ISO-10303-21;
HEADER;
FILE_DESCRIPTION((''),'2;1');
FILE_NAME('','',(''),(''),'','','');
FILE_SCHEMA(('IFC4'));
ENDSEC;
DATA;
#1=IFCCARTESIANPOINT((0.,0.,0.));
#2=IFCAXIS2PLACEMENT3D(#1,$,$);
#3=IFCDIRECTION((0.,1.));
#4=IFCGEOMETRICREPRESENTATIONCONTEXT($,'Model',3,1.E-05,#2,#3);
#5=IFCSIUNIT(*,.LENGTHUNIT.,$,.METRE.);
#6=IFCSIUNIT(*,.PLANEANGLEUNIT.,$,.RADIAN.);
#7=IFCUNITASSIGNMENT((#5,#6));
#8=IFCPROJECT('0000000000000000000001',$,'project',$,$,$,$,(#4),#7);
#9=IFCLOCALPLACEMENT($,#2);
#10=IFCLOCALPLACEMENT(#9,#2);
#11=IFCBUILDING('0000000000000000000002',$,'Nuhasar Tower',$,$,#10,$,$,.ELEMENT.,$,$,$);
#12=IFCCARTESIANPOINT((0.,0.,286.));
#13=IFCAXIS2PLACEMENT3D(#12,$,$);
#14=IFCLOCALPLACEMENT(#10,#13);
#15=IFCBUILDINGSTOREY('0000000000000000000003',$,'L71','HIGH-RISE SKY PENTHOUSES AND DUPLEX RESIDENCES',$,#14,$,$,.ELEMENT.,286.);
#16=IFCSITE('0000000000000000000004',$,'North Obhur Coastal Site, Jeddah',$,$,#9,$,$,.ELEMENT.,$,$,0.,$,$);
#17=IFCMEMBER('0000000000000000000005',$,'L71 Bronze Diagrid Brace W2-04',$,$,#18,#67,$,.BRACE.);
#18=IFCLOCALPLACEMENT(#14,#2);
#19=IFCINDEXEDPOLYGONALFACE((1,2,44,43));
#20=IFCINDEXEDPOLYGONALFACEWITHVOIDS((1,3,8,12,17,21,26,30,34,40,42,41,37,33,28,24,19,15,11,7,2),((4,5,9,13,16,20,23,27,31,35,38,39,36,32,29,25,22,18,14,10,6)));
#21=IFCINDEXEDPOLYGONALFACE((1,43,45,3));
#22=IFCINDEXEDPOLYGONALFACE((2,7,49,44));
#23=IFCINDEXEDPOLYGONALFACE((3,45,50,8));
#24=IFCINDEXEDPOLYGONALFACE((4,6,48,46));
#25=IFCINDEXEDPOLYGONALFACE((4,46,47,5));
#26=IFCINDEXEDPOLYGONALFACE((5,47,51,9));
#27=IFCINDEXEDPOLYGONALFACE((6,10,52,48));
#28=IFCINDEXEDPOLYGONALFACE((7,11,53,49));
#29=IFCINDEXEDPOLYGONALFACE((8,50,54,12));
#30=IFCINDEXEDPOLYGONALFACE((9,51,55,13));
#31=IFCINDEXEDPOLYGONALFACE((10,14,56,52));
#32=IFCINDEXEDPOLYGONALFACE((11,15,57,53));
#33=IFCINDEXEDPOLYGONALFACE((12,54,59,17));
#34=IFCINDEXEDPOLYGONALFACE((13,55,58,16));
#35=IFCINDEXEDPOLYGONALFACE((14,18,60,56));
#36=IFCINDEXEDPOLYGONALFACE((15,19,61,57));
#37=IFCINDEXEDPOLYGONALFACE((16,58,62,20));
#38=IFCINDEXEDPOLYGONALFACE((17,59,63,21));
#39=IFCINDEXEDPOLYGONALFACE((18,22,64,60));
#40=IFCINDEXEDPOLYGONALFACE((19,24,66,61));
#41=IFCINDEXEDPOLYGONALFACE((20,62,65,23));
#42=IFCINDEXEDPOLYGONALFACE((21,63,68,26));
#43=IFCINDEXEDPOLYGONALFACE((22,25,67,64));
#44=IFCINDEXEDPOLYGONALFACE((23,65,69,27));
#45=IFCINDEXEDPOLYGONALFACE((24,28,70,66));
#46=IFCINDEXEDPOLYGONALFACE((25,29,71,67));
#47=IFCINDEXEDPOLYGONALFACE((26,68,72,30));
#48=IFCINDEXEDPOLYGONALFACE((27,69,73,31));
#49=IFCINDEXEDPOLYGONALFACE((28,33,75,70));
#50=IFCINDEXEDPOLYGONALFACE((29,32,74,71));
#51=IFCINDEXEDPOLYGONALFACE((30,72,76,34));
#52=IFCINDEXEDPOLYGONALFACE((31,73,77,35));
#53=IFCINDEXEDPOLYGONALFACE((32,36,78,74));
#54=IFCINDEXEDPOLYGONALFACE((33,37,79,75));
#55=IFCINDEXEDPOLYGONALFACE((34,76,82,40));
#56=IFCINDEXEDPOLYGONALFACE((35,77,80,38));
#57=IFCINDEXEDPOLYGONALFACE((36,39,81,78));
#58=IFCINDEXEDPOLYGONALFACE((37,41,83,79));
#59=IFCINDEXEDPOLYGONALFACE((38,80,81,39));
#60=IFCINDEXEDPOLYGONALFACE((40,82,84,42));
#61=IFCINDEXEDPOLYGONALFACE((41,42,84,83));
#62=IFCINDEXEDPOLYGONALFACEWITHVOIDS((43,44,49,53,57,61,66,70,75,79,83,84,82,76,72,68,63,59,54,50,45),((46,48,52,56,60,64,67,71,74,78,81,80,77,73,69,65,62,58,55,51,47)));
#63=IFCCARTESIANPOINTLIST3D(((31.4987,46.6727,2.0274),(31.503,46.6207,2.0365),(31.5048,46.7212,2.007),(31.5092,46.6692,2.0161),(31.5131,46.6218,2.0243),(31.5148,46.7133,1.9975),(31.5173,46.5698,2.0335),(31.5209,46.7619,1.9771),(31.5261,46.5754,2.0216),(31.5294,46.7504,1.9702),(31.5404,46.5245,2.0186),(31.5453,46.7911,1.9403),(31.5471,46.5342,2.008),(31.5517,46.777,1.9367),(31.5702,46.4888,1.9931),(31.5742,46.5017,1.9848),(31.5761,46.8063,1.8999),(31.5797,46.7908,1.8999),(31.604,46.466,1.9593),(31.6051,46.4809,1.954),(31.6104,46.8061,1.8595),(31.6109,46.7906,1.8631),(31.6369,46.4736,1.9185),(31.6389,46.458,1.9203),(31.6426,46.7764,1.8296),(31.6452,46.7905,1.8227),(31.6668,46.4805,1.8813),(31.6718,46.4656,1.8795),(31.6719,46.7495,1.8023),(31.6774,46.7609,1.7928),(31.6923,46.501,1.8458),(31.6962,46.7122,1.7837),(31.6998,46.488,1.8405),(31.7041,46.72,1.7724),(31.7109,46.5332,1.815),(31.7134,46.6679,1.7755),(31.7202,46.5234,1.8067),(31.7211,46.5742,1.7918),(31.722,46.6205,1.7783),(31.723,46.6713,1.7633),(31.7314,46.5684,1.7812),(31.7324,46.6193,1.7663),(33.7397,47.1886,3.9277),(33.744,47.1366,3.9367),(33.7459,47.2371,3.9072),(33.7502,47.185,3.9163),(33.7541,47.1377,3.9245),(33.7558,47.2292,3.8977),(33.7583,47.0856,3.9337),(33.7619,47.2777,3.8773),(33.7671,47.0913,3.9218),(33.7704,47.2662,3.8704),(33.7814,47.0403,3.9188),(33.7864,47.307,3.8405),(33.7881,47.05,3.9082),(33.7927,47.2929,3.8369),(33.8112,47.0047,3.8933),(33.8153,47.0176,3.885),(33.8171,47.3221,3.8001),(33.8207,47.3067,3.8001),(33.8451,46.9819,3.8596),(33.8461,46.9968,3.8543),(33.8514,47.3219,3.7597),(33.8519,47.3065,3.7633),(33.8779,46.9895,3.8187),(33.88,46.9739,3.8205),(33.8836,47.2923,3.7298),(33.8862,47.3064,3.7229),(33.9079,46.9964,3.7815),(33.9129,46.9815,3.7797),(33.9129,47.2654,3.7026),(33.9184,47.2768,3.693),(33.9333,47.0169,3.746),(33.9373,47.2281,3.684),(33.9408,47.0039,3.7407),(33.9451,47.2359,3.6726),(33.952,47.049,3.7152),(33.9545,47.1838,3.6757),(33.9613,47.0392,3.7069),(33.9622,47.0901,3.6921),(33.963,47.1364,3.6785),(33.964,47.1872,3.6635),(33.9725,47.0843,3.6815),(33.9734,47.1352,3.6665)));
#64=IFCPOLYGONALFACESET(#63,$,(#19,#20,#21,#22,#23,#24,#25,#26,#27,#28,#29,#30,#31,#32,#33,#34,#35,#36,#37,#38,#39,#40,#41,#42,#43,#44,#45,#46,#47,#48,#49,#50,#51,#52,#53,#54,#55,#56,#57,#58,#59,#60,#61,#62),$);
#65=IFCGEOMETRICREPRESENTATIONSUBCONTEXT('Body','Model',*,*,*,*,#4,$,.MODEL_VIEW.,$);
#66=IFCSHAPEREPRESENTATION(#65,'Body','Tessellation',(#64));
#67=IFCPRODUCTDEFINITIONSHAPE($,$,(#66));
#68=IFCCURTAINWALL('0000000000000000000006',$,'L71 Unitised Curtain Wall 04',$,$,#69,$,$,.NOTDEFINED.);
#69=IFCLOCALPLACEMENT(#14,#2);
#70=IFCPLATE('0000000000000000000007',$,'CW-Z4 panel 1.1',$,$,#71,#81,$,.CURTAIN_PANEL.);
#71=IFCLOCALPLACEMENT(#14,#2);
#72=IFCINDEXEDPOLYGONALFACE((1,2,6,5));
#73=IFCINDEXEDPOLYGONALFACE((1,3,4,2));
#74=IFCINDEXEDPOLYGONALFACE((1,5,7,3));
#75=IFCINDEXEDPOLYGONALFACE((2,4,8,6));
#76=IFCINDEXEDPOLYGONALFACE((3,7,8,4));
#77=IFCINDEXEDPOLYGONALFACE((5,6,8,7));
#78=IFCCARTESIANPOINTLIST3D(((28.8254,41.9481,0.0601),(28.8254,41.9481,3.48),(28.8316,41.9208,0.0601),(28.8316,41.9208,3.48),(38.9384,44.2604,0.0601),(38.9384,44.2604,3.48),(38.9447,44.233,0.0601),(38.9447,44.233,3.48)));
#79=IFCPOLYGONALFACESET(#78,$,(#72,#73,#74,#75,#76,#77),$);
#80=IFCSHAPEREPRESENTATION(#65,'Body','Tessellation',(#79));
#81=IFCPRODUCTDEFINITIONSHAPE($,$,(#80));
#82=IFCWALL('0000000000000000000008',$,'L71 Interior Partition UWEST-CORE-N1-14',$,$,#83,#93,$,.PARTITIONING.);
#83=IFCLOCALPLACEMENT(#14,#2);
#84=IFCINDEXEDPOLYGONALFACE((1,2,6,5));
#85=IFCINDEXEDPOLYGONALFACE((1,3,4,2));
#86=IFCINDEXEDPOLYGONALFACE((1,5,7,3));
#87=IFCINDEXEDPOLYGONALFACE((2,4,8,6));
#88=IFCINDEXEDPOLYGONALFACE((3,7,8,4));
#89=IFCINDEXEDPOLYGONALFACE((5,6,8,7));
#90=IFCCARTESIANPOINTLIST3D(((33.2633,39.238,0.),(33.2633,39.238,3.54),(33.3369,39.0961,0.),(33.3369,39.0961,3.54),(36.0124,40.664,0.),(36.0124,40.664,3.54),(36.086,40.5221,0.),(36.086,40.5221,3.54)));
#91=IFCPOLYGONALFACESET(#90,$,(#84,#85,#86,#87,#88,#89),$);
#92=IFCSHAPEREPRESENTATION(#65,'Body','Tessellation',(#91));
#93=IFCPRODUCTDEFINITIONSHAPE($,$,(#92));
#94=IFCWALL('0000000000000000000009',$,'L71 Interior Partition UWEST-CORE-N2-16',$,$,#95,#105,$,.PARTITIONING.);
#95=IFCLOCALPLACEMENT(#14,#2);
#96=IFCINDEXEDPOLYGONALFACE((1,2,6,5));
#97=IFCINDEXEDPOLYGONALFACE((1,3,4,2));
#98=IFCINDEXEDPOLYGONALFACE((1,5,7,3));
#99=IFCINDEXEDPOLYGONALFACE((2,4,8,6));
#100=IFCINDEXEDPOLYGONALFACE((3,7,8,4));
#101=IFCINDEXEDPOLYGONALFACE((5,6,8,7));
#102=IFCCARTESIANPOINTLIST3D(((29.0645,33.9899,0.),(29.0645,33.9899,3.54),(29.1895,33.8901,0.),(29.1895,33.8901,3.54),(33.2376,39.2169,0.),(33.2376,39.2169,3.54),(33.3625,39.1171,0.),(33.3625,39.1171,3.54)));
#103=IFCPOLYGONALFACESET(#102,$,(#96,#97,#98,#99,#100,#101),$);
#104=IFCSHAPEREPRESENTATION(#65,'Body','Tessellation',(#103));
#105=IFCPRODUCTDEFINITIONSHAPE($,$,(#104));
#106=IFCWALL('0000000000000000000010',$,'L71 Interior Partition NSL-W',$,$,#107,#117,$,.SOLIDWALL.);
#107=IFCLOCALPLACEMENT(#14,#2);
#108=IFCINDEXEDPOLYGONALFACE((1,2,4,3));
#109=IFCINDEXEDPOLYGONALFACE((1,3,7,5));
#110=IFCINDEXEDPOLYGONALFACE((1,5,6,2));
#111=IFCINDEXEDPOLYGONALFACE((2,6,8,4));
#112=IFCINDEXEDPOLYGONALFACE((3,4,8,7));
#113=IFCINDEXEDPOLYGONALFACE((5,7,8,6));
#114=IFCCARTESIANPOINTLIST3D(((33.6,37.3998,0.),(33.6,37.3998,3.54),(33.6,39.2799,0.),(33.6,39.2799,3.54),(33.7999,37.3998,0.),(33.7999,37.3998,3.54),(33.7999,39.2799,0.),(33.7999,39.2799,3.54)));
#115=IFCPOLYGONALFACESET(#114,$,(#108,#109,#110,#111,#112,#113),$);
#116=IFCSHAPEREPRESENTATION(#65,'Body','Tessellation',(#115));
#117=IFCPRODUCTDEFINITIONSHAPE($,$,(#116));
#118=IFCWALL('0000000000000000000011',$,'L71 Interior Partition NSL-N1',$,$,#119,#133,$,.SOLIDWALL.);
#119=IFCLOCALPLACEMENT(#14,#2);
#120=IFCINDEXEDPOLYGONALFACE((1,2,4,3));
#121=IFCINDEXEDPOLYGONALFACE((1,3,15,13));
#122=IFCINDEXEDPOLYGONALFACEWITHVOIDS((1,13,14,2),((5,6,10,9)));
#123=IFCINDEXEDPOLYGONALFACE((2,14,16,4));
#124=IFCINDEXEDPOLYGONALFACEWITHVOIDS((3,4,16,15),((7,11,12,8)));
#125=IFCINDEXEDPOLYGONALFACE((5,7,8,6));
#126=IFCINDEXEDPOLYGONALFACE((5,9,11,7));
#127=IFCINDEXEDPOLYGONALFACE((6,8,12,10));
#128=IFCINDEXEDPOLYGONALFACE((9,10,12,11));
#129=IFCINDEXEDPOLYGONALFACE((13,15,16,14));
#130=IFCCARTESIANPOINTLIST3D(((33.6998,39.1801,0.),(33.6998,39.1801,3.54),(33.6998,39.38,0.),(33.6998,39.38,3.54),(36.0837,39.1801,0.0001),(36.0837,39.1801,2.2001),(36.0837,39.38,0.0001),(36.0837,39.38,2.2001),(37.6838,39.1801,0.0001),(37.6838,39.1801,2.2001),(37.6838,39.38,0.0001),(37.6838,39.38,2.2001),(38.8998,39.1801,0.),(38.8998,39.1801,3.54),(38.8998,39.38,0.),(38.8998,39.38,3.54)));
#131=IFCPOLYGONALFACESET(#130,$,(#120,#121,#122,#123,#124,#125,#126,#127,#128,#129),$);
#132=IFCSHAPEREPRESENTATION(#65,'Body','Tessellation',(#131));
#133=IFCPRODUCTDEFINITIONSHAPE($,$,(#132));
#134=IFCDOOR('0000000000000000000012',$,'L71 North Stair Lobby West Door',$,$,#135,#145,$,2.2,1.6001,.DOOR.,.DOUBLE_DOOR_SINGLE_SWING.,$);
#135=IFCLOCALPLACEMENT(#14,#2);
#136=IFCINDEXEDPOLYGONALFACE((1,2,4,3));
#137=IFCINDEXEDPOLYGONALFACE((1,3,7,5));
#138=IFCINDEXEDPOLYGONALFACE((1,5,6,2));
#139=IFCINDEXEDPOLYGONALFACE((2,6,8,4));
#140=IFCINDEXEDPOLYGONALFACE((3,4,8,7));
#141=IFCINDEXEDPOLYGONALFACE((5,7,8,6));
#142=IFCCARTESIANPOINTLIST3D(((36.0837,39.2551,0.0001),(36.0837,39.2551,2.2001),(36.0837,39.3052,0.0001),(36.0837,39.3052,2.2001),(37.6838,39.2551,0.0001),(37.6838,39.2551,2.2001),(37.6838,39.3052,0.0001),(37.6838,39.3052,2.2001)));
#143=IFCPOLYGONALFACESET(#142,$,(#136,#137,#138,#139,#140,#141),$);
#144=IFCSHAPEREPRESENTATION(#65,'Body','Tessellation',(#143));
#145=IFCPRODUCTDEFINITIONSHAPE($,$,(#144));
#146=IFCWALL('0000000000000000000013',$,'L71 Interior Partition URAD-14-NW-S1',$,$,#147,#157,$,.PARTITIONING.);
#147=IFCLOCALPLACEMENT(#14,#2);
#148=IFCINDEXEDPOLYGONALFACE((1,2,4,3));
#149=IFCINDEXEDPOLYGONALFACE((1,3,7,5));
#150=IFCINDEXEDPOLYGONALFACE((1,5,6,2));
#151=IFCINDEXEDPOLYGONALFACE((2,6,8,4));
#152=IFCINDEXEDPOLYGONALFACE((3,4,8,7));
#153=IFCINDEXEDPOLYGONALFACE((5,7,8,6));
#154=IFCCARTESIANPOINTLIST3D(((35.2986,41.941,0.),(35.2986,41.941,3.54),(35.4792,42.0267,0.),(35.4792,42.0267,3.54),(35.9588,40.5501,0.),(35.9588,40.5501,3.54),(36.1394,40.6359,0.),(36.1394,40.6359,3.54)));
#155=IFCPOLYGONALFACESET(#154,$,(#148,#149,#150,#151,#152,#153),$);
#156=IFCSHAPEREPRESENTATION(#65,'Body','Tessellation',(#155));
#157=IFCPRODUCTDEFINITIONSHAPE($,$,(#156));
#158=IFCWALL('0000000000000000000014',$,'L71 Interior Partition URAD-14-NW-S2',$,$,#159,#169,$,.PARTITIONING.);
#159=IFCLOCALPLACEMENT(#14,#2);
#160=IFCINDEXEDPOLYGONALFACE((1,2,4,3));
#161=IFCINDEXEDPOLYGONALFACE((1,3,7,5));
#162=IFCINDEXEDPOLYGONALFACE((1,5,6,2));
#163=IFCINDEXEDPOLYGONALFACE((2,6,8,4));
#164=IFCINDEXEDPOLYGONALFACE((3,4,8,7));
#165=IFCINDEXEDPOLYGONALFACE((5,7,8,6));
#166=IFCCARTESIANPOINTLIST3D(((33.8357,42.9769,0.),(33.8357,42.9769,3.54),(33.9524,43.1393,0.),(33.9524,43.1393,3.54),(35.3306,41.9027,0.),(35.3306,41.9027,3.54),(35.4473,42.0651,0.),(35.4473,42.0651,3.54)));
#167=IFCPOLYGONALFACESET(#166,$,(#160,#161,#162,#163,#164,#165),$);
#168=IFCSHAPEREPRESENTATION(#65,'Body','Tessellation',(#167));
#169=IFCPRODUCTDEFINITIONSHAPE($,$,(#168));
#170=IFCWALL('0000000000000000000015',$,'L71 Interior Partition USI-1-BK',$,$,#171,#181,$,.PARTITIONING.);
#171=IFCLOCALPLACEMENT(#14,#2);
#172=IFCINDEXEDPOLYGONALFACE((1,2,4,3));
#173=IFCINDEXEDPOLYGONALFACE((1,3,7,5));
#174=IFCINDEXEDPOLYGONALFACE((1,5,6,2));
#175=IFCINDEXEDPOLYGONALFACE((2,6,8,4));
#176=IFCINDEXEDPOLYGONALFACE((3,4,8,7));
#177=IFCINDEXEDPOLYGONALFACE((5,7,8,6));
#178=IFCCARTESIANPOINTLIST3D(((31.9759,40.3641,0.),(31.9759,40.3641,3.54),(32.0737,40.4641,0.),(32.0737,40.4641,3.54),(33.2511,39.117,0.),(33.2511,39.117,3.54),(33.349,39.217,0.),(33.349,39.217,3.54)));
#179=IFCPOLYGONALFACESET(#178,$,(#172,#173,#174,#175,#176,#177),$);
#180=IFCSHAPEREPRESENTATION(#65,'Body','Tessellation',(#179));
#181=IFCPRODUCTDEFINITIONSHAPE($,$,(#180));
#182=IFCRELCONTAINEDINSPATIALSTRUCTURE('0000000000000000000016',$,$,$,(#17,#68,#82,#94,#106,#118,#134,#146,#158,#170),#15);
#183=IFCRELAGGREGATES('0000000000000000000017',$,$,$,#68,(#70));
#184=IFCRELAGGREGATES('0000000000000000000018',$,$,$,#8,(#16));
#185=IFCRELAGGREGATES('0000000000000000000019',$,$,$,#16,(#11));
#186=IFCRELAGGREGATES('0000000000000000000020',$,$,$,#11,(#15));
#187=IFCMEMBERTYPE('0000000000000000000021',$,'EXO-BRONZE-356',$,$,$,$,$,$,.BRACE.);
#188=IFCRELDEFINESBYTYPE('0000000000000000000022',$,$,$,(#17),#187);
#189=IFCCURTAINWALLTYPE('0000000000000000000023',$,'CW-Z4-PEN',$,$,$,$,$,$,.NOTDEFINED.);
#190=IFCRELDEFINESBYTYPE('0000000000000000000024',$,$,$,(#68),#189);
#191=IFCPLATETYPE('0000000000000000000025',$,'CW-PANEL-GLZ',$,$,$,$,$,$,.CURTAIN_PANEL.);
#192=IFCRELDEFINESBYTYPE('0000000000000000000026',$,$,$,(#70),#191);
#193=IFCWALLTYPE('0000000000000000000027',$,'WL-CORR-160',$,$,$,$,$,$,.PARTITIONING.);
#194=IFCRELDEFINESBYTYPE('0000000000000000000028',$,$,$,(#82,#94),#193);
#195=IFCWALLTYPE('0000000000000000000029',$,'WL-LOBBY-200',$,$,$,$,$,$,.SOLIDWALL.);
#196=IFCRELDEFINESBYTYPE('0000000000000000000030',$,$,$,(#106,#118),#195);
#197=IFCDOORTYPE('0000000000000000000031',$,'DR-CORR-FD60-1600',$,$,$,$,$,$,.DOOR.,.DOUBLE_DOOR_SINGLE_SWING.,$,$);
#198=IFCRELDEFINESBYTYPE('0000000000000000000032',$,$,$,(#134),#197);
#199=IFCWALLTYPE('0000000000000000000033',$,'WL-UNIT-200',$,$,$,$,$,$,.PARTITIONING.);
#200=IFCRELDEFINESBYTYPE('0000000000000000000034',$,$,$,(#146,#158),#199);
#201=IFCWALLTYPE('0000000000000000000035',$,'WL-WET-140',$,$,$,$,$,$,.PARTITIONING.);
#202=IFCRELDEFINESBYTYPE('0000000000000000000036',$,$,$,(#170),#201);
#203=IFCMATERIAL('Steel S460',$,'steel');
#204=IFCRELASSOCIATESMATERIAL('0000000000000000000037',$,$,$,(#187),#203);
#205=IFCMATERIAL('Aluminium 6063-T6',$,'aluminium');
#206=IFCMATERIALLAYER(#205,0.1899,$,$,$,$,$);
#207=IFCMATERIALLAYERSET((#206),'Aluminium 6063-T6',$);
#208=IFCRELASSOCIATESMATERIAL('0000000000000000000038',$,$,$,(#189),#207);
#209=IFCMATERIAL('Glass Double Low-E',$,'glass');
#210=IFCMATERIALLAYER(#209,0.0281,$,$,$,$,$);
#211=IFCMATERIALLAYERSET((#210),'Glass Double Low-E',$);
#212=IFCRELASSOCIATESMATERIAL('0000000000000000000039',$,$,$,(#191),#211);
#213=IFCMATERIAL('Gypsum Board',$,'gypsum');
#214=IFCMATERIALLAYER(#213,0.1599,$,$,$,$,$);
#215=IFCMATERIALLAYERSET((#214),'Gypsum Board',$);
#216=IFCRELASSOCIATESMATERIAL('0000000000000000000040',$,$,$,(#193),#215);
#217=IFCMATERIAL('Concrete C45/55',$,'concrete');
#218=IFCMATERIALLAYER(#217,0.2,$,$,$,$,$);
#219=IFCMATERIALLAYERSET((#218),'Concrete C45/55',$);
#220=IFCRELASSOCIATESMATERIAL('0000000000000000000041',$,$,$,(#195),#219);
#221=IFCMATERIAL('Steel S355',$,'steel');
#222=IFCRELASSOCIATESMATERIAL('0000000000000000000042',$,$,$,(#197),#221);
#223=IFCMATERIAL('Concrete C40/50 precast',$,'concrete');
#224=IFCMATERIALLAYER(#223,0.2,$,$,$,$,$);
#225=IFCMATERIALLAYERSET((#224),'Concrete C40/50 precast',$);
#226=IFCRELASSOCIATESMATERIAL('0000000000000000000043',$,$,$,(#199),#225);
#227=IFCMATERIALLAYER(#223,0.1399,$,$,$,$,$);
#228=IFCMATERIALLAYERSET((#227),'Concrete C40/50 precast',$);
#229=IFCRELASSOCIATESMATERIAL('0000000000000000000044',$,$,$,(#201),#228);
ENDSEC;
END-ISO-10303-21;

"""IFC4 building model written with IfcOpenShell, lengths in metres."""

from ifc_helpers import new_model, si_unit, direction, frame, frame_2d, origin, origin_2d, place, context, subcontext, project, spatial, rectangle, hollow_circle, extrude, material, layer, layer_set, material_profile, profile_set, type_object, element, fill, aggregate, save


model = new_model("IFC4")

# Units and contexts
model_context = context("Model", 3, precision=1e-05, world=origin(), true_north=direction((0.0, 1.0)))
body_context = subcontext(model_context, "Body", "Model", "MODEL_VIEW")
ifc_project = project(units=[si_unit("LENGTHUNIT", "METRE"), si_unit("PLANEANGLEUNIT", "RADIAN")], contexts=[model_context])

# Site, building, storey
site_placement = place(None, origin())
site = spatial("IfcSite", under=ifc_project, at=site_placement, Name="North Obhur Coastal Site, Jeddah", CompositionType="ELEMENT", RefElevation=0.0)
building_placement = place(site_placement, origin())
building = spatial("IfcBuilding", under=site, at=building_placement, Name="Nuhasar Tower", CompositionType="ELEMENT")
storey_placement = place(building_placement, frame((0.0, 0.0, 286.0)))
storey = spatial("IfcBuildingStorey", under=building, at=storey_placement, Name="L71", Description="HIGH-RISE SKY PENTHOUSES AND DUPLEX RESIDENCES", CompositionType="ELEMENT", Elevation=286.0)

# Shared definitions
ifc_material_1 = material(Name="Steel S355", Category="steel")

# Member
ifc_material_2 = material(Name="Steel S460", Category="steel")
ifc_material_profile_1 = material_profile(ifc_material_2, hollow_circle(Radius=0.1777, WallThickness=0.0159, at=origin_2d()), Name="HSS355.6X15.9")
ifc_profile_set_1 = profile_set([ifc_material_profile_1], Name="Steel S460")
member_type = type_object("IfcMemberType", Name="EXO-BRONZE-356", PredefinedType="BRACE", material=ifc_profile_set_1)
member_1_placement = place(storey_placement, frame((31.616, 46.6331, 1.8999), z_axis=(0.751232, 0.172933, 0.63698), x_axis=(-0.224332, 0.974513, 0.0)))
element("IfcMember", 1, at=member_1_placement, inside=storey, type_object=member_type, Name="L71 Bronze Diagrid Brace W2-04", PredefinedType="BRACE", context=body_context, shape_type="SweptSolid", body=[
    extrude(hollow_circle(Radius=0.1777, WallThickness=0.0159, at=origin_2d()), origin(), (0.0, 0.0, 1.0), 2.9832),
])

# Curtain wall, plate
ifc_material_3 = material(Name="Aluminium 6063-T6", Category="aluminium")
ifc_layer_1 = layer(ifc_material_3, 0.1899)
ifc_layer_set_1 = layer_set([ifc_layer_1], Name="Aluminium 6063-T6")
curtain_wall_type = type_object("IfcCurtainWallType", Name="CW-Z4-PEN", PredefinedType="NOTDEFINED", material=ifc_layer_set_1)
curtain_wall_placement = place(storey_placement, origin())
curtain_wall = element("IfcCurtainWall", 2, at=curtain_wall_placement, inside=storey, type_object=curtain_wall_type, Name="L71 Unitised Curtain Wall 04", PredefinedType="NOTDEFINED")
ifc_material_4 = material(Name="Glass Double Low-E", Category="glass")
ifc_layer_2 = layer(ifc_material_4, 0.0281)
ifc_layer_set_2 = layer_set([ifc_layer_2], Name="Glass Double Low-E")
plate_type = type_object("IfcPlateType", Name="CW-PANEL-GLZ", PredefinedType="CURTAIN_PANEL", material=ifc_layer_set_2)
plate_placement = place(storey_placement, frame((33.885, 43.0906, 0.0601), z_axis=(0.0, 0.0, 1.0), x_axis=(-0.974844, -0.222889, 0.0)))
plate = element("IfcPlate", 3, at=plate_placement, type_object=plate_type, Name="CW-Z4 panel 1.1", PredefinedType="CURTAIN_PANEL", context=body_context, shape_type="SweptSolid", body=[
    extrude(rectangle(XDim=10.374, YDim=0.0281, at=origin_2d()), origin(), (0.0, 0.0, 1.0), 3.4199),
])
aggregate(curtain_wall, [plate])

# Walls
ifc_material_5 = material(Name="Gypsum Board", Category="gypsum")
ifc_layer_3 = layer(ifc_material_5, 0.1599)
ifc_layer_set_3 = layer_set([ifc_layer_3], Name="Gypsum Board")
wall_type_1 = type_object("IfcWallType", Name="WL-CORR-160", PredefinedType="PARTITIONING", material=ifc_layer_set_3)
wall_1_placement = place(storey_placement, frame((36.0491, 40.593, 0.0), z_axis=(0.0, 0.0, 1.0), x_axis=(-0.887675, -0.460471, 0.0)))
element("IfcWall", 4, at=wall_1_placement, inside=storey, type_object=wall_type_1, Name="L71 Interior Partition UWEST-CORE-N1-14", PredefinedType="PARTITIONING", context=body_context, shape_type="SweptSolid", body=[
    extrude(rectangle(XDim=3.0969, YDim=0.1599, at=frame_2d((1.5483, 0.0))), origin(), (0.0, 0.0, 1.0), 3.54),
])
wall_2_placement = place(storey_placement, frame((33.3, 39.167, 0.0), z_axis=(0.0, 0.0, 1.0), x_axis=(-0.623916, -0.781492, 0.0)))
element("IfcWall", 5, at=wall_2_placement, inside=storey, type_object=wall_type_1, Name="L71 Interior Partition UWEST-CORE-N2-16", PredefinedType="PARTITIONING", context=body_context, shape_type="SweptSolid", body=[
    extrude(rectangle(XDim=6.6885, YDim=0.1599, at=frame_2d((3.3442, 0.0))), origin(), (0.0, 0.0, 1.0), 3.54),
])
ifc_material_6 = material(Name="Concrete C45/55", Category="concrete")
ifc_layer_4 = layer(ifc_material_6, 0.2)
ifc_layer_set_4 = layer_set([ifc_layer_4], Name="Concrete C45/55")
wall_type_2 = type_object("IfcWallType", Name="WL-LOBBY-200", PredefinedType="SOLIDWALL", material=ifc_layer_set_4)
wall_3_placement = place(storey_placement, frame((33.7, 37.3999, 0.0), z_axis=(0.0, 0.0, 1.0), x_axis=(0.0, 1.0, 0.0)))
element("IfcWall", 6, at=wall_3_placement, inside=storey, type_object=wall_type_2, Name="L71 Interior Partition NSL-W", PredefinedType="SOLIDWALL", context=body_context, shape_type="SweptSolid", body=[
    extrude(rectangle(XDim=1.8801, YDim=0.2, at=frame_2d((0.9399, 0.0))), origin(), (0.0, 0.0, 1.0), 3.54),
])

# Wall, opening, door
wall_4_placement = place(storey_placement, frame((38.8999, 39.28, 0.0), z_axis=(0.0, 0.0, 1.0), x_axis=(-1.0, 0.0, 0.0)))
wall_4 = element("IfcWall", 7, at=wall_4_placement, inside=storey, type_object=wall_type_2, Name="L71 Interior Partition NSL-N1", PredefinedType="SOLIDWALL", context=body_context, shape_type="SweptSolid", body=[
    extrude(rectangle(XDim=5.2, YDim=0.2, at=frame_2d((2.6001, 0.0))), origin(), (0.0, 0.0, 1.0), 3.54),
])
opening_1_placement = place(wall_4_placement, frame((1.2161, 0.0, 0.0)))
opening_1 = element("IfcOpeningElement", 8, at=opening_1_placement, cuts=wall_4, PredefinedType="OPENING", context=body_context, shape_type="SweptSolid", body=[
    extrude(rectangle(XDim=1.6001, YDim=2.2, at=frame_2d((0.8, 1.1001))), frame((0.0, 0.1099, 0.0), z_axis=(0.0, -1.0, 0.0), x_axis=(1.0, 0.0, 0.0)), (0.0, 0.0, 1.0), 0.22),
])
door_type_1 = type_object("IfcDoorType", Name="DR-CORR-FD60-1600", OperationType="DOUBLE_DOOR_SINGLE_SWING", PredefinedType="DOOR", material=ifc_material_1)
door_1_placement = place(opening_1_placement, origin())
door_1 = element("IfcDoor", 9, at=door_1_placement, inside=storey, type_object=door_type_1, Name="L71 North Stair Lobby West Door", OperationType="DOUBLE_DOOR_SINGLE_SWING", OverallHeight=2.2, OverallWidth=1.6001, PredefinedType="DOOR", context=body_context, shape_type="SweptSolid", body=[
    extrude(rectangle(XDim=1.6001, YDim=2.2, at=frame_2d((0.8, 1.1001))), frame((0.0, 0.0249, 0.0), z_axis=(0.0, -1.0, 0.0), x_axis=(1.0, 0.0, 0.0)), (0.0, 0.0, 1.0), 0.05),
])
fill(opening_1, door_1)

# Walls
ifc_material_7 = material(Name="Concrete C40/50 precast", Category="concrete")
ifc_layer_5 = layer(ifc_material_7, 0.2)
ifc_layer_set_5 = layer_set([ifc_layer_5], Name="Concrete C40/50 precast")
wall_type_3 = type_object("IfcWallType", Name="WL-UNIT-200", PredefinedType="PARTITIONING", material=ifc_layer_set_5)
wall_5_placement = place(storey_placement, frame((36.0491, 40.593, 0.0), z_axis=(0.0, 0.0, 1.0), x_axis=(-0.428788, 0.903405, 0.0)))
element("IfcWall", 10, at=wall_5_placement, inside=storey, type_object=wall_type_3, Name="L71 Interior Partition URAD-14-NW-S1", PredefinedType="PARTITIONING", context=body_context, shape_type="SweptSolid", body=[
    extrude(rectangle(XDim=1.5396, YDim=0.2, at=frame_2d((0.7698, 0.0))), origin(), (0.0, 0.0, 1.0), 3.54),
])
wall_6_placement = place(storey_placement, frame((35.3889, 41.9839, 0.0), z_axis=(0.0, 0.0, 1.0), x_axis=(-0.812072, 0.583557, 0.0)))
element("IfcWall", 11, at=wall_6_placement, inside=storey, type_object=wall_type_3, Name="L71 Interior Partition URAD-14-NW-S2", PredefinedType="PARTITIONING", context=body_context, shape_type="SweptSolid", body=[
    extrude(rectangle(XDim=1.8408, YDim=0.2, at=frame_2d((0.9204, 0.0))), origin(), (0.0, 0.0, 1.0), 3.54),
])
ifc_layer_6 = layer(ifc_material_7, 0.1399)
ifc_layer_set_6 = layer_set([ifc_layer_6], Name="Concrete C40/50 precast")
wall_type_4 = type_object("IfcWallType", Name="WL-WET-140", PredefinedType="PARTITIONING", material=ifc_layer_set_6)
wall_7_placement = place(storey_placement, frame((33.3, 39.167, 0.0), z_axis=(0.0, 0.0, 1.0), x_axis=(-0.714934, 0.699192, 0.0)))
element("IfcWall", 12, at=wall_7_placement, inside=storey, type_object=wall_type_4, Name="L71 Interior Partition USI-1-BK", PredefinedType="PARTITIONING", context=body_context, shape_type="SweptSolid", body=[
    extrude(rectangle(XDim=1.7837, YDim=0.1399, at=frame_2d((0.8918, 0.0))), origin(), (0.0, 0.0, 1.0), 3.54),
])

save(model, "model.ifc")
